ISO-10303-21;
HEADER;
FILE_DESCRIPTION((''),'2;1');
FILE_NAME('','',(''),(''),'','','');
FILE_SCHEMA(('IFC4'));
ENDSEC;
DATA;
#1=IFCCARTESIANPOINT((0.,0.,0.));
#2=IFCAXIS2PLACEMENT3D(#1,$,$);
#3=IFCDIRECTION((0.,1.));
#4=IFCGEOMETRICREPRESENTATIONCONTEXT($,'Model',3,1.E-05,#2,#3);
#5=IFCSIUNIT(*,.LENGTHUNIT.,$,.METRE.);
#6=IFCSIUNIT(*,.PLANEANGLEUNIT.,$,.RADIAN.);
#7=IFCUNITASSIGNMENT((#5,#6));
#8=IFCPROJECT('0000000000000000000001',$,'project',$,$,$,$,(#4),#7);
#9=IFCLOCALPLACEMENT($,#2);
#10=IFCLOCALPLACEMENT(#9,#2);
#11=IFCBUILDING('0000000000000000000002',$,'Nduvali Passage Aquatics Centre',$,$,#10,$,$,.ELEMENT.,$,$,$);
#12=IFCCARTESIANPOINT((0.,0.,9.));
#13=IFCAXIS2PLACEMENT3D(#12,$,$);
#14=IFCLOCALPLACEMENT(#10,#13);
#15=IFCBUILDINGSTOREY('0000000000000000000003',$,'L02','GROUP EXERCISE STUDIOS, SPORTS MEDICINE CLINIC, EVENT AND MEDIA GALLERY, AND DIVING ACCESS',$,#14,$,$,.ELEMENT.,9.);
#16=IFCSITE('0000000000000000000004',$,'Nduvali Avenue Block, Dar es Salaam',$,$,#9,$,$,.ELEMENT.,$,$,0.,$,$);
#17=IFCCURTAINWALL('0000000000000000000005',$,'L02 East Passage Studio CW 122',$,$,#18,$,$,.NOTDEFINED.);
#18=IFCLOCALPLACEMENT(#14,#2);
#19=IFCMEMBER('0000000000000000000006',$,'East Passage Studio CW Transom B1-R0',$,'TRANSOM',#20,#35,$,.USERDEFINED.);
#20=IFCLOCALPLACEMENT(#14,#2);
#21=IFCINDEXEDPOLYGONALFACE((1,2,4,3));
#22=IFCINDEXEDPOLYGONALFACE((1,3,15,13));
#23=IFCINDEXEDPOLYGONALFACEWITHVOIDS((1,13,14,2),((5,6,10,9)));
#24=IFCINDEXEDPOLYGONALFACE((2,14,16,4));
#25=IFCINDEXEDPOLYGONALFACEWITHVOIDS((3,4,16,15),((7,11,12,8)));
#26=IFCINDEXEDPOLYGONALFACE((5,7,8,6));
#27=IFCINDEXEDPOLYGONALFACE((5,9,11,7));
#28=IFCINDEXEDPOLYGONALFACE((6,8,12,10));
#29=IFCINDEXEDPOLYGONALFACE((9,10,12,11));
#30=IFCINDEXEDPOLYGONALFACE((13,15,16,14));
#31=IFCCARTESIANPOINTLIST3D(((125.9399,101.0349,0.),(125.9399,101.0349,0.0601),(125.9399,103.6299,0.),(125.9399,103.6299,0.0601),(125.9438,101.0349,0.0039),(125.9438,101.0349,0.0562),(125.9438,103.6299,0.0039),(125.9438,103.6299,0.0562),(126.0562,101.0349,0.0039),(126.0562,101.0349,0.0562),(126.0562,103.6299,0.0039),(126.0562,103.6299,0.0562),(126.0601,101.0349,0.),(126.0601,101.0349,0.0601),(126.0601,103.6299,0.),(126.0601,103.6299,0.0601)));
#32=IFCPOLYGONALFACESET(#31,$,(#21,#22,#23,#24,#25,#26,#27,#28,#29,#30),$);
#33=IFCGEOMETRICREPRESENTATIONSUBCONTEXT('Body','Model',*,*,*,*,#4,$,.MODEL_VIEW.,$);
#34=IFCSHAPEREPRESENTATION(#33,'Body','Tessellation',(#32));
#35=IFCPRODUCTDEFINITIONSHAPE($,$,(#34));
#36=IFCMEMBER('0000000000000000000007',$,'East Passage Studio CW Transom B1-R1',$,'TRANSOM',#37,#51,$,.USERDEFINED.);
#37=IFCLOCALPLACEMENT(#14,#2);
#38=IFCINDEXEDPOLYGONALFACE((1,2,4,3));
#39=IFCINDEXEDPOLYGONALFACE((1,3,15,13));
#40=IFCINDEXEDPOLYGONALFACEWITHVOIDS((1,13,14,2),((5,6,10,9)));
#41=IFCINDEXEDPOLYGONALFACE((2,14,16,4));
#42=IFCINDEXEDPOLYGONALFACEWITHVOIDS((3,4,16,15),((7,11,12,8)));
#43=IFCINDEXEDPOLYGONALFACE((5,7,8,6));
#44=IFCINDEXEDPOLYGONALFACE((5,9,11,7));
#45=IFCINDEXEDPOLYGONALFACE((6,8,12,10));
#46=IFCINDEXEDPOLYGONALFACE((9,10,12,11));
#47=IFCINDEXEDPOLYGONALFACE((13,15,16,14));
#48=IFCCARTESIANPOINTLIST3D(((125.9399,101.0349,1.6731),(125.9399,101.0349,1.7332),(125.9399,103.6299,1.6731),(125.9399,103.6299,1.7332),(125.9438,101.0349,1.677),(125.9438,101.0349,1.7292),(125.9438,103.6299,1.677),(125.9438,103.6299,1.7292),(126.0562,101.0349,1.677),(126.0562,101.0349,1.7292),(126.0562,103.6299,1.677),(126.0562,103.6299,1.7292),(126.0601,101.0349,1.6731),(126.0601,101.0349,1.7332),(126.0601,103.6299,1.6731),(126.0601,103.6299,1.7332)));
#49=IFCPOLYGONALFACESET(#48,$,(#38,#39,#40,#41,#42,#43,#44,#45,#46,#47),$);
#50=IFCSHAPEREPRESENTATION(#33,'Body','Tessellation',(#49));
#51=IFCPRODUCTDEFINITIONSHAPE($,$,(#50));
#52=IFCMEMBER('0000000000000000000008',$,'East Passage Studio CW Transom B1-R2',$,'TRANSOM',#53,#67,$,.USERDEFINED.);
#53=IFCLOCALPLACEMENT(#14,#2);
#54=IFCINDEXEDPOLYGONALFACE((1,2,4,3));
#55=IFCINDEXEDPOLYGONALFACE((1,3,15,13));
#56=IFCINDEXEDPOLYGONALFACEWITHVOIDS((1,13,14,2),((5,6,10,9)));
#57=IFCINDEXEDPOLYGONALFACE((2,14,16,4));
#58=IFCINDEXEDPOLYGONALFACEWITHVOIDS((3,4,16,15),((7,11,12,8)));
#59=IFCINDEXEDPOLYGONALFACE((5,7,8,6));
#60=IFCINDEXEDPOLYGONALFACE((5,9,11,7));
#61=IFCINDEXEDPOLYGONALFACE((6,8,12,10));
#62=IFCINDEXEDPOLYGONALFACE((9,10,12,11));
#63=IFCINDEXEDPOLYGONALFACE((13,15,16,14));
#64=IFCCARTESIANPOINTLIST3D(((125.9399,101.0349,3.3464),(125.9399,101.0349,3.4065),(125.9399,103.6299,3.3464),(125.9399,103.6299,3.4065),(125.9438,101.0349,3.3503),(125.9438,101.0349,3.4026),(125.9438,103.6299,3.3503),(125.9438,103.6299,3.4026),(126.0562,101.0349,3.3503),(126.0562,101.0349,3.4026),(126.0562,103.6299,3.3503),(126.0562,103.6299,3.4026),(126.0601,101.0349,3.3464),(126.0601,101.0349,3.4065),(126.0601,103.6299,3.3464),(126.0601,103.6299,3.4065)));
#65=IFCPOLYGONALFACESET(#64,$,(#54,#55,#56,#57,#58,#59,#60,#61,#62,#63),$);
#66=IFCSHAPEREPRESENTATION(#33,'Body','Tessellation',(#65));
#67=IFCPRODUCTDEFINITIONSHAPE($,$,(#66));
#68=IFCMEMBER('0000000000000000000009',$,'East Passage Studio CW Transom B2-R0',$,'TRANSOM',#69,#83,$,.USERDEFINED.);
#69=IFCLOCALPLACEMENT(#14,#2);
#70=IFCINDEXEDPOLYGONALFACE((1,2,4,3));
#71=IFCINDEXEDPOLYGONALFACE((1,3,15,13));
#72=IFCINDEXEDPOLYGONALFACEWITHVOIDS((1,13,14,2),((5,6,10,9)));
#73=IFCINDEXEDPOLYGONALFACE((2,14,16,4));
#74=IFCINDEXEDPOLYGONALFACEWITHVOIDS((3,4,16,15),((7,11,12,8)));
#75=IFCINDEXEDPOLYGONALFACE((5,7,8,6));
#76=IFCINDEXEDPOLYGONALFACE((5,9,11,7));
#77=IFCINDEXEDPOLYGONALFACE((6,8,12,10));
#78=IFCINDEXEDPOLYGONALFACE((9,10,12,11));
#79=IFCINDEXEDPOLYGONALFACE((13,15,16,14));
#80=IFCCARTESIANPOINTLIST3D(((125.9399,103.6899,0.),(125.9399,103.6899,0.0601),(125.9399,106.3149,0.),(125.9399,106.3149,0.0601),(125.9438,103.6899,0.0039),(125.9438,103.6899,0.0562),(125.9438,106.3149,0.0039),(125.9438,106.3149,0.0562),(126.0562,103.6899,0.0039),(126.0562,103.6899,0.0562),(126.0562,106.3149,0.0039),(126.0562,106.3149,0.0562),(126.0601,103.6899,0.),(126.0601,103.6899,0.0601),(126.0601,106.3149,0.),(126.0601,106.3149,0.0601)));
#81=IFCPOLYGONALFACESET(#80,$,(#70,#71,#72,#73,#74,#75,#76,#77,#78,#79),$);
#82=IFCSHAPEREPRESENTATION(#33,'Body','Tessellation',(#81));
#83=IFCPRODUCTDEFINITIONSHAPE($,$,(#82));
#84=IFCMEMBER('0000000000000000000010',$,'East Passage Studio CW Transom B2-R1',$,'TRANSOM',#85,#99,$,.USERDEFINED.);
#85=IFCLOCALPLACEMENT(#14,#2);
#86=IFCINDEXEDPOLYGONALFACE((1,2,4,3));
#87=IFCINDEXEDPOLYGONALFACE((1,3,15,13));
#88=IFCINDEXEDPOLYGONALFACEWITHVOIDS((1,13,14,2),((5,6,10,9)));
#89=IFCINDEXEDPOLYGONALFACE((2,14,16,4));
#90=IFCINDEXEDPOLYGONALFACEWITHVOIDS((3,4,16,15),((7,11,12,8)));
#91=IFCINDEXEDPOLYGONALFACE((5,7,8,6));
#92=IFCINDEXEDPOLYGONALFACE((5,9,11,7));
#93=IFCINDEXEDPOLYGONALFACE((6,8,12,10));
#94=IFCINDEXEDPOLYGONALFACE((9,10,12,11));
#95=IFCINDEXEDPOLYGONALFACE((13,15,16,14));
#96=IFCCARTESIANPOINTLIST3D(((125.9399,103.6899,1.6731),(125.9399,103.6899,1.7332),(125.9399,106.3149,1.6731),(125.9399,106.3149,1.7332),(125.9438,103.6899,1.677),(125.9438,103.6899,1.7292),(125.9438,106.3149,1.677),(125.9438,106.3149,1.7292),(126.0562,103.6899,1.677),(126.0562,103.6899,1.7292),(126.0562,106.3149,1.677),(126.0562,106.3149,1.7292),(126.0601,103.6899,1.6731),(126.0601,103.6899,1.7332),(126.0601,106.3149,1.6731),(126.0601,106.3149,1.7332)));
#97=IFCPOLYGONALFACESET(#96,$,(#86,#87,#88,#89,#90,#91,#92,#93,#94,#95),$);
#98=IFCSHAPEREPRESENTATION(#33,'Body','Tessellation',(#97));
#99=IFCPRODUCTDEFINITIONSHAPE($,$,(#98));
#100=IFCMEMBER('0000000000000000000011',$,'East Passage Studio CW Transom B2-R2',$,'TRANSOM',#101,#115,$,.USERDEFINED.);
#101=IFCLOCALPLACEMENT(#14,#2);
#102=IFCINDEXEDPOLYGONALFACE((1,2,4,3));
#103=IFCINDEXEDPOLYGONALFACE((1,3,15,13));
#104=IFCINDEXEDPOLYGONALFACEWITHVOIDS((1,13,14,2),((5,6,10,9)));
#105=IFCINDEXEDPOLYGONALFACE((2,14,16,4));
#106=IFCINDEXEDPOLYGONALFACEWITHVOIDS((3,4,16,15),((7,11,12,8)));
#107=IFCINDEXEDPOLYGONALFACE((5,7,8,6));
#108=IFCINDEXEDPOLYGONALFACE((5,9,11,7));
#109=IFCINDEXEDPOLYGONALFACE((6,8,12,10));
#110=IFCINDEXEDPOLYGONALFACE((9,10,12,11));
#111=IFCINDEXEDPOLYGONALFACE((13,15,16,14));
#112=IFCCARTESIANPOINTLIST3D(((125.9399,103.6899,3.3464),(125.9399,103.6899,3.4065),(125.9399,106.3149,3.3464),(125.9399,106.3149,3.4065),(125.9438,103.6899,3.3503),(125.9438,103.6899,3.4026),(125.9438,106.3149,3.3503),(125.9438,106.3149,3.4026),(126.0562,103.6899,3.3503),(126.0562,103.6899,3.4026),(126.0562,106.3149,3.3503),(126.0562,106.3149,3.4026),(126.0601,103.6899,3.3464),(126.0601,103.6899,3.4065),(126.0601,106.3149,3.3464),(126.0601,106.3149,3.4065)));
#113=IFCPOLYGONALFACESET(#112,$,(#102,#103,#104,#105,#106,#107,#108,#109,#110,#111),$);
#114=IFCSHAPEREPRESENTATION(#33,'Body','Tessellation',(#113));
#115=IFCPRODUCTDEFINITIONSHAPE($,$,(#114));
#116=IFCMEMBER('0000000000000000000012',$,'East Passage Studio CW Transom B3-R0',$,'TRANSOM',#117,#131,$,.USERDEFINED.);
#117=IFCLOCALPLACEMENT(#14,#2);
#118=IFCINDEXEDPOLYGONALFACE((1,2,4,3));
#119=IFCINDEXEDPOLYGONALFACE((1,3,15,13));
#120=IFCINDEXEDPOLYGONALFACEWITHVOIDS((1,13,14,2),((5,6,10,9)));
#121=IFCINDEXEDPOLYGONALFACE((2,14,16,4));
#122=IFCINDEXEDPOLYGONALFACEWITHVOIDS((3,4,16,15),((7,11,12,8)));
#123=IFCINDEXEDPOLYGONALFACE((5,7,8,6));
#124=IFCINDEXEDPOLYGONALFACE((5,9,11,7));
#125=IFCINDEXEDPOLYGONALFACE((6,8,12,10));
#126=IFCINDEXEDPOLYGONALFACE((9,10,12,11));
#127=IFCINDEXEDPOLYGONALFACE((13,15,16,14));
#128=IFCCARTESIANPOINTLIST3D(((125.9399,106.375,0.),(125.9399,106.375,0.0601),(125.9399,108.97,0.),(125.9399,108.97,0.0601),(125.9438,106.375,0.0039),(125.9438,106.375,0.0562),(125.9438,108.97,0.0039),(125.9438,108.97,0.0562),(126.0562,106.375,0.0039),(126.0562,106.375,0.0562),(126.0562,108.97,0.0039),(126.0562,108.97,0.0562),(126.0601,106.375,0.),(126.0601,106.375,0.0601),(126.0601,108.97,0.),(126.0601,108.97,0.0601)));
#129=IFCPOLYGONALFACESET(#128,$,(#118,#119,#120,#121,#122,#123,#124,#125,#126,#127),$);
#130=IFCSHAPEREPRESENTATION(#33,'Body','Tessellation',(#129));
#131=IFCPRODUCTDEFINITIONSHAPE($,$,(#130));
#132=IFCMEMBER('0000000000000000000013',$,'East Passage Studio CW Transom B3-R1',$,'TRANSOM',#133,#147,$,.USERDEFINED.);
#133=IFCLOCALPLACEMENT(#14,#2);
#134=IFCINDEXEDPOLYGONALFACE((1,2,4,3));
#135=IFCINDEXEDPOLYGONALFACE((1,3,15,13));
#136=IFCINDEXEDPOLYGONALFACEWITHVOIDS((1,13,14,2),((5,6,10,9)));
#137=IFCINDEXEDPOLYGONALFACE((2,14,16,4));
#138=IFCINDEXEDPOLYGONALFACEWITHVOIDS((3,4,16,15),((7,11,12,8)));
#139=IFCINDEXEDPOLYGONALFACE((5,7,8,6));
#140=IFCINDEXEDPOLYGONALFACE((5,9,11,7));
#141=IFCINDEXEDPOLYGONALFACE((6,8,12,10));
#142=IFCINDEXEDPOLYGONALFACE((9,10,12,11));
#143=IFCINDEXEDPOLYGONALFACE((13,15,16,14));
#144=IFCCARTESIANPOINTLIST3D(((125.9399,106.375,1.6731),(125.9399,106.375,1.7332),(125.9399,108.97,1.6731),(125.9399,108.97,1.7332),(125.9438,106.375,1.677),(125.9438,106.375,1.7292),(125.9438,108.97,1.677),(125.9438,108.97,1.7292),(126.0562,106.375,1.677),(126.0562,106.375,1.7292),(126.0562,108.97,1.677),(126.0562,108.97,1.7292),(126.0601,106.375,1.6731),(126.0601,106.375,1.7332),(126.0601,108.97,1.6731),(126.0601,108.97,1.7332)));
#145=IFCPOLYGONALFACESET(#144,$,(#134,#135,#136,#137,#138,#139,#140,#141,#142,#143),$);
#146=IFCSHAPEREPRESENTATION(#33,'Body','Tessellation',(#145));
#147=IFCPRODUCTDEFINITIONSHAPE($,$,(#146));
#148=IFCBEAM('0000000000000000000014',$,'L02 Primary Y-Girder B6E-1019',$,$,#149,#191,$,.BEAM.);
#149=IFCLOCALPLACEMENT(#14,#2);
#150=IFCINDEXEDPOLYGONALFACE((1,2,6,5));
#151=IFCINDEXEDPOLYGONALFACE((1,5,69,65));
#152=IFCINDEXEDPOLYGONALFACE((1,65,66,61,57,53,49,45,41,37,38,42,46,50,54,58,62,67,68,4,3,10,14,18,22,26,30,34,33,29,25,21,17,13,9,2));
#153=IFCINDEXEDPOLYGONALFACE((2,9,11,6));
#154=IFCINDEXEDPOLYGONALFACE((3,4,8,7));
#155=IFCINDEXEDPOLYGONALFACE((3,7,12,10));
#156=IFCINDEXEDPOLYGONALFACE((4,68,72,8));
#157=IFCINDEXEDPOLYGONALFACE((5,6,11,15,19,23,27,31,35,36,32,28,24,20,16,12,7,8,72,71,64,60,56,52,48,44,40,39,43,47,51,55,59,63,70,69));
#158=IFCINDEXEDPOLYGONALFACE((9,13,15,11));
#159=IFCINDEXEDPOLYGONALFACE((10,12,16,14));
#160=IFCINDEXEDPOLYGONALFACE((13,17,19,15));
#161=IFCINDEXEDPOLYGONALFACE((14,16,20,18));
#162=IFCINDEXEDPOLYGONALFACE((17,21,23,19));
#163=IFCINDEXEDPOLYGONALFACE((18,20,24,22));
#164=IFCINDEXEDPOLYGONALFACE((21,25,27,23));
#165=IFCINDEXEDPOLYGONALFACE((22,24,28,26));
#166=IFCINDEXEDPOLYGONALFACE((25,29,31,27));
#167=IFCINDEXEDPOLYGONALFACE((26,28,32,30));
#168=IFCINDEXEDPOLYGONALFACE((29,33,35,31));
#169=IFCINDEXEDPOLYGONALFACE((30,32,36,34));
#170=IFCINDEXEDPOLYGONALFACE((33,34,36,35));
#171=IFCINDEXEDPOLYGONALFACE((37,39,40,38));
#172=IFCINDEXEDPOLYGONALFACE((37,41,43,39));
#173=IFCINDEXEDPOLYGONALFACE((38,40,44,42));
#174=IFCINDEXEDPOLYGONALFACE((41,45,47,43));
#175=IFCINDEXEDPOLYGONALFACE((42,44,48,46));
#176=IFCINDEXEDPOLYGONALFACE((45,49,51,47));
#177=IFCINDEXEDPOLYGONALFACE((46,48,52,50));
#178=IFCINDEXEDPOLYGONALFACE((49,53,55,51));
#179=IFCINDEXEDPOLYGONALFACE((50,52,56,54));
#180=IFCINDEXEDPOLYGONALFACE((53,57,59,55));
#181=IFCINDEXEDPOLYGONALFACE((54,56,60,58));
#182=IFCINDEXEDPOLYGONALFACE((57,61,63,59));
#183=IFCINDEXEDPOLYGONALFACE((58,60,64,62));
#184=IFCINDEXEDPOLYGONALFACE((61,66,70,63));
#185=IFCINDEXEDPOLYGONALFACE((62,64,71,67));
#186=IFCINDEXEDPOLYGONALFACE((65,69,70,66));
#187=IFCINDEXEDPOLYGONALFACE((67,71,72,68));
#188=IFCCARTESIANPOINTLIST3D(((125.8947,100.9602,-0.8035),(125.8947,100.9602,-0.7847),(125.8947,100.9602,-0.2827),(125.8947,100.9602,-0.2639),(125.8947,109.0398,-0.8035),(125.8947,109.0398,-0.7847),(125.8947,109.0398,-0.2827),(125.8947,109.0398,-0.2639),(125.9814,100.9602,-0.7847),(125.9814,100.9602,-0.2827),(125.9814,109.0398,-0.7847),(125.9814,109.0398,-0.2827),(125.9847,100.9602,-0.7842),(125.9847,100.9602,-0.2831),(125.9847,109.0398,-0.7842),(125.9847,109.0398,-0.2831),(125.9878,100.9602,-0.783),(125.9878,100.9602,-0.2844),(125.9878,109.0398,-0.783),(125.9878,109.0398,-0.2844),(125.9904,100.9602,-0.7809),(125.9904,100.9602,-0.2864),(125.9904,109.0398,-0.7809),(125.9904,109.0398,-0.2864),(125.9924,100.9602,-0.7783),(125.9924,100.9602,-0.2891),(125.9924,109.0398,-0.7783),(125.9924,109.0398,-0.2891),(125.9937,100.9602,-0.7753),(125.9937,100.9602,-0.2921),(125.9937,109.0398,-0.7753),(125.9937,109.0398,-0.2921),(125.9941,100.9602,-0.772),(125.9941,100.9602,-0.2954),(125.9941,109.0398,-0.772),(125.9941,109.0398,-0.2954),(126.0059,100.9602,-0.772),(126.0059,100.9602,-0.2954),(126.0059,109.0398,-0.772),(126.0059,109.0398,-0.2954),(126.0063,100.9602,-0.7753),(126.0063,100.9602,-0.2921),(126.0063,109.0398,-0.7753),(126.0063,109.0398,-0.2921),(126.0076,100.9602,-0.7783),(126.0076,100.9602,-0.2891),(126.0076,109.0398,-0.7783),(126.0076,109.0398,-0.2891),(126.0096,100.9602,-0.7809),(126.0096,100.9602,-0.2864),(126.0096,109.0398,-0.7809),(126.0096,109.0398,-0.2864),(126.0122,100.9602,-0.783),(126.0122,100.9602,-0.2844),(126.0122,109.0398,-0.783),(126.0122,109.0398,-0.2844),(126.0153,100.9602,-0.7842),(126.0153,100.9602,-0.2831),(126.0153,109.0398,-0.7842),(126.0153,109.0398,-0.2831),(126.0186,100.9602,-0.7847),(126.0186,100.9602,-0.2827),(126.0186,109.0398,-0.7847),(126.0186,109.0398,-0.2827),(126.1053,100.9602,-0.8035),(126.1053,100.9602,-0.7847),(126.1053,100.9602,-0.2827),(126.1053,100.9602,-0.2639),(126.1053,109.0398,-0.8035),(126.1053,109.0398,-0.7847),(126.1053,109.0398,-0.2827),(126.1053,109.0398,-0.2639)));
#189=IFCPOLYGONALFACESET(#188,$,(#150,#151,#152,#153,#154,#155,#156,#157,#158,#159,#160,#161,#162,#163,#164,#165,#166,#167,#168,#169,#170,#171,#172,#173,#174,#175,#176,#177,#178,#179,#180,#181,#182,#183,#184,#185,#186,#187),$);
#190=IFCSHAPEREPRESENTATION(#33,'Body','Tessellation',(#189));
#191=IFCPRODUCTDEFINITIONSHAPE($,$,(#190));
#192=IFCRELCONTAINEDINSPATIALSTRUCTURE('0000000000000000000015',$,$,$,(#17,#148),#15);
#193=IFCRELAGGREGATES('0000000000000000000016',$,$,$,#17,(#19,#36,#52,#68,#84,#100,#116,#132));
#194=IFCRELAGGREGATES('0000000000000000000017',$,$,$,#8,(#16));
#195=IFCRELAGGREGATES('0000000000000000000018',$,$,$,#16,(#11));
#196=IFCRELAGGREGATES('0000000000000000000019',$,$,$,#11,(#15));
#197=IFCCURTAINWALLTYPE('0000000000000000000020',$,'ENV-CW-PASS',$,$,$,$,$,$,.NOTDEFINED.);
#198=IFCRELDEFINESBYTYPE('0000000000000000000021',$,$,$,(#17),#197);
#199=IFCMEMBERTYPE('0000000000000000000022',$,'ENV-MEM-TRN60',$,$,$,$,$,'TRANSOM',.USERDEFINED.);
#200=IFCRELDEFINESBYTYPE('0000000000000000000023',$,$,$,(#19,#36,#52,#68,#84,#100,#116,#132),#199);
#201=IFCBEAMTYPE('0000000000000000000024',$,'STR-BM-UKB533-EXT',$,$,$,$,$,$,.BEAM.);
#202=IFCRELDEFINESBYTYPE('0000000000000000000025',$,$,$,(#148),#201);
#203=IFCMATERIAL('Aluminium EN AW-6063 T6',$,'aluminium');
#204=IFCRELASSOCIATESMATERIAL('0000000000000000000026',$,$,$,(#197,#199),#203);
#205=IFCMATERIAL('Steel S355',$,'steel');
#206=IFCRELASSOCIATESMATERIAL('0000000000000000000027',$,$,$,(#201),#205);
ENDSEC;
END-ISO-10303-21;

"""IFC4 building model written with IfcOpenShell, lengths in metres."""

from ifc_helpers import new_model, si_unit, direction, frame, origin, origin_2d, place, context, subcontext, project, spatial, hollow_rectangle, i_section, extrude, material, material_profile, profile_set, type_object, element, aggregate, save


model = new_model("IFC4")

# Units and contexts
model_context = context("Model", 3, precision=1e-05, world=origin(), true_north=direction((0.0, 1.0)))
body_context = subcontext(model_context, "Body", "Model", "MODEL_VIEW")
ifc_project = project(units=[si_unit("LENGTHUNIT", "METRE"), si_unit("PLANEANGLEUNIT", "RADIAN")], contexts=[model_context])

# Site, building, storey
site_placement = place(None, origin())
site = spatial("IfcSite", under=ifc_project, at=site_placement, Name="Nduvali Avenue Block, Dar es Salaam", CompositionType="ELEMENT", RefElevation=0.0)
building_placement = place(site_placement, origin())
building = spatial("IfcBuilding", under=site, at=building_placement, Name="Nduvali Passage Aquatics Centre", CompositionType="ELEMENT")
storey_placement = place(building_placement, frame((0.0, 0.0, 9.0)))
storey = spatial("IfcBuildingStorey", under=building, at=storey_placement, Name="L02", Description="GROUP EXERCISE STUDIOS, SPORTS MEDICINE CLINIC, EVENT AND MEDIA GALLERY, AND DIVING ACCESS", CompositionType="ELEMENT", Elevation=9.0)

# Shared definitions
ifc_material_1 = material(Name="Steel S355", Category="steel")

# Curtain wall
ifc_material_2 = material(Name="Aluminium EN AW-6063 T6", Category="aluminium")
curtain_wall_type = type_object("IfcCurtainWallType", Name="ENV-CW-PASS", PredefinedType="NOTDEFINED", material=ifc_material_2)
curtain_wall_1_placement = place(storey_placement, origin())
curtain_wall_1 = element("IfcCurtainWall", 1, at=curtain_wall_1_placement, inside=storey, type_object=curtain_wall_type, Name="L02 East Passage Studio CW 122", PredefinedType="NOTDEFINED")

# Members
ifc_material_profile_1 = material_profile(ifc_material_2, hollow_rectangle(XDim=0.1201, YDim=0.0601, WallThickness=0.0039, at=origin_2d()), Name="ALU TRANSOM 120x60x4")
ifc_profile_set_1 = profile_set([ifc_material_profile_1], Name="Aluminium EN AW-6063 T6")
member_type_1 = type_object("IfcMemberType", Name="ENV-MEM-TRN60", ElementType="TRANSOM", PredefinedType="USERDEFINED", material=ifc_profile_set_1)
member_1_placement = place(storey_placement, frame((126.0, 101.0349, 0.03), z_axis=(0.0, 1.0, 0.0), x_axis=(-1.0, 0.0, 0.0)))
member_1 = element("IfcMember", 2, at=member_1_placement, type_object=member_type_1, Name="East Passage Studio CW Transom B1-R0", ObjectType="TRANSOM", PredefinedType="USERDEFINED", context=body_context, shape_type="SweptSolid", body=[
    extrude(hollow_rectangle(XDim=0.1201, YDim=0.0601, WallThickness=0.0039, at=origin_2d()), origin(), (0.0, 0.0, 1.0), 2.595),
])
member_2_placement = place(storey_placement, frame((126.0, 101.0349, 1.7031), z_axis=(0.0, 1.0, 0.0), x_axis=(-1.0, 0.0, 0.0)))
member_2 = element("IfcMember", 3, at=member_2_placement, type_object=member_type_1, Name="East Passage Studio CW Transom B1-R1", ObjectType="TRANSOM", PredefinedType="USERDEFINED", context=body_context, shape_type="SweptSolid", body=[
    extrude(hollow_rectangle(XDim=0.1201, YDim=0.0601, WallThickness=0.0039, at=origin_2d()), origin(), (0.0, 0.0, 1.0), 2.595),
])
member_3_placement = place(storey_placement, frame((126.0, 101.0349, 3.3765), z_axis=(0.0, 1.0, 0.0), x_axis=(-1.0, 0.0, 0.0)))
member_3 = element("IfcMember", 4, at=member_3_placement, type_object=member_type_1, Name="East Passage Studio CW Transom B1-R2", ObjectType="TRANSOM", PredefinedType="USERDEFINED", context=body_context, shape_type="SweptSolid", body=[
    extrude(hollow_rectangle(XDim=0.1201, YDim=0.0601, WallThickness=0.0039, at=origin_2d()), origin(), (0.0, 0.0, 1.0), 2.595),
])
member_4_placement = place(storey_placement, frame((126.0, 103.6899, 0.03), z_axis=(0.0, 1.0, 0.0), x_axis=(-1.0, 0.0, 0.0)))
member_4 = element("IfcMember", 5, at=member_4_placement, type_object=member_type_1, Name="East Passage Studio CW Transom B2-R0", ObjectType="TRANSOM", PredefinedType="USERDEFINED", context=body_context, shape_type="SweptSolid", body=[
    extrude(hollow_rectangle(XDim=0.1201, YDim=0.0601, WallThickness=0.0039, at=origin_2d()), origin(), (0.0, 0.0, 1.0), 2.625),
])
member_5_placement = place(storey_placement, frame((126.0, 103.6899, 1.7031), z_axis=(0.0, 1.0, 0.0), x_axis=(-1.0, 0.0, 0.0)))
member_5 = element("IfcMember", 6, at=member_5_placement, type_object=member_type_1, Name="East Passage Studio CW Transom B2-R1", ObjectType="TRANSOM", PredefinedType="USERDEFINED", context=body_context, shape_type="SweptSolid", body=[
    extrude(hollow_rectangle(XDim=0.1201, YDim=0.0601, WallThickness=0.0039, at=origin_2d()), origin(), (0.0, 0.0, 1.0), 2.625),
])
member_6_placement = place(storey_placement, frame((126.0, 103.6899, 3.3765), z_axis=(0.0, 1.0, 0.0), x_axis=(-1.0, 0.0, 0.0)))
member_6 = element("IfcMember", 7, at=member_6_placement, type_object=member_type_1, Name="East Passage Studio CW Transom B2-R2", ObjectType="TRANSOM", PredefinedType="USERDEFINED", context=body_context, shape_type="SweptSolid", body=[
    extrude(hollow_rectangle(XDim=0.1201, YDim=0.0601, WallThickness=0.0039, at=origin_2d()), origin(), (0.0, 0.0, 1.0), 2.625),
])
member_7_placement = place(storey_placement, frame((126.0, 106.375, 0.03), z_axis=(0.0, 1.0, 0.0), x_axis=(-1.0, 0.0, 0.0)))
member_7 = element("IfcMember", 8, at=member_7_placement, type_object=member_type_1, Name="East Passage Studio CW Transom B3-R0", ObjectType="TRANSOM", PredefinedType="USERDEFINED", context=body_context, shape_type="SweptSolid", body=[
    extrude(hollow_rectangle(XDim=0.1201, YDim=0.0601, WallThickness=0.0039, at=origin_2d()), origin(), (0.0, 0.0, 1.0), 2.595),
])
member_8_placement = place(storey_placement, frame((126.0, 106.375, 1.7031), z_axis=(0.0, 1.0, 0.0), x_axis=(-1.0, 0.0, 0.0)))
member_8 = element("IfcMember", 9, at=member_8_placement, type_object=member_type_1, Name="East Passage Studio CW Transom B3-R1", ObjectType="TRANSOM", PredefinedType="USERDEFINED", context=body_context, shape_type="SweptSolid", body=[
    extrude(hollow_rectangle(XDim=0.1201, YDim=0.0601, WallThickness=0.0039, at=origin_2d()), origin(), (0.0, 0.0, 1.0), 2.595),
])

# Beam
ifc_material_profile_2 = material_profile(ifc_material_1, i_section(OverallWidth=0.2107, OverallDepth=0.5396, WebThickness=0.0117, FlangeThickness=0.0188, FilletRadius=0.0127, at=origin_2d()), Name="UKB 533x210x109")
ifc_profile_set_2 = profile_set([ifc_material_profile_2], Name="Steel S355")
beam_type = type_object("IfcBeamType", Name="STR-BM-UKB533-EXT", PredefinedType="BEAM", material=ifc_profile_set_2)
beam_placement = place(storey_placement, frame((126.0, 100.9602, -0.5337), z_axis=(0.0, 1.0, 0.0), x_axis=(-1.0, 0.0, 0.0)))
element("IfcBeam", 10, at=beam_placement, inside=storey, type_object=beam_type, Name="L02 Primary Y-Girder B6E-1019", PredefinedType="BEAM", context=body_context, shape_type="SweptSolid", body=[
    extrude(i_section(OverallWidth=0.2107, OverallDepth=0.5396, WebThickness=0.0117, FlangeThickness=0.0188, FilletRadius=0.0127, at=origin_2d()), origin(), (0.0, 0.0, 1.0), 8.0796),
])

aggregate(curtain_wall_1, [member_1, member_2, member_3, member_4, member_5, member_6, member_7, member_8])

save(model, "model.ifc")
